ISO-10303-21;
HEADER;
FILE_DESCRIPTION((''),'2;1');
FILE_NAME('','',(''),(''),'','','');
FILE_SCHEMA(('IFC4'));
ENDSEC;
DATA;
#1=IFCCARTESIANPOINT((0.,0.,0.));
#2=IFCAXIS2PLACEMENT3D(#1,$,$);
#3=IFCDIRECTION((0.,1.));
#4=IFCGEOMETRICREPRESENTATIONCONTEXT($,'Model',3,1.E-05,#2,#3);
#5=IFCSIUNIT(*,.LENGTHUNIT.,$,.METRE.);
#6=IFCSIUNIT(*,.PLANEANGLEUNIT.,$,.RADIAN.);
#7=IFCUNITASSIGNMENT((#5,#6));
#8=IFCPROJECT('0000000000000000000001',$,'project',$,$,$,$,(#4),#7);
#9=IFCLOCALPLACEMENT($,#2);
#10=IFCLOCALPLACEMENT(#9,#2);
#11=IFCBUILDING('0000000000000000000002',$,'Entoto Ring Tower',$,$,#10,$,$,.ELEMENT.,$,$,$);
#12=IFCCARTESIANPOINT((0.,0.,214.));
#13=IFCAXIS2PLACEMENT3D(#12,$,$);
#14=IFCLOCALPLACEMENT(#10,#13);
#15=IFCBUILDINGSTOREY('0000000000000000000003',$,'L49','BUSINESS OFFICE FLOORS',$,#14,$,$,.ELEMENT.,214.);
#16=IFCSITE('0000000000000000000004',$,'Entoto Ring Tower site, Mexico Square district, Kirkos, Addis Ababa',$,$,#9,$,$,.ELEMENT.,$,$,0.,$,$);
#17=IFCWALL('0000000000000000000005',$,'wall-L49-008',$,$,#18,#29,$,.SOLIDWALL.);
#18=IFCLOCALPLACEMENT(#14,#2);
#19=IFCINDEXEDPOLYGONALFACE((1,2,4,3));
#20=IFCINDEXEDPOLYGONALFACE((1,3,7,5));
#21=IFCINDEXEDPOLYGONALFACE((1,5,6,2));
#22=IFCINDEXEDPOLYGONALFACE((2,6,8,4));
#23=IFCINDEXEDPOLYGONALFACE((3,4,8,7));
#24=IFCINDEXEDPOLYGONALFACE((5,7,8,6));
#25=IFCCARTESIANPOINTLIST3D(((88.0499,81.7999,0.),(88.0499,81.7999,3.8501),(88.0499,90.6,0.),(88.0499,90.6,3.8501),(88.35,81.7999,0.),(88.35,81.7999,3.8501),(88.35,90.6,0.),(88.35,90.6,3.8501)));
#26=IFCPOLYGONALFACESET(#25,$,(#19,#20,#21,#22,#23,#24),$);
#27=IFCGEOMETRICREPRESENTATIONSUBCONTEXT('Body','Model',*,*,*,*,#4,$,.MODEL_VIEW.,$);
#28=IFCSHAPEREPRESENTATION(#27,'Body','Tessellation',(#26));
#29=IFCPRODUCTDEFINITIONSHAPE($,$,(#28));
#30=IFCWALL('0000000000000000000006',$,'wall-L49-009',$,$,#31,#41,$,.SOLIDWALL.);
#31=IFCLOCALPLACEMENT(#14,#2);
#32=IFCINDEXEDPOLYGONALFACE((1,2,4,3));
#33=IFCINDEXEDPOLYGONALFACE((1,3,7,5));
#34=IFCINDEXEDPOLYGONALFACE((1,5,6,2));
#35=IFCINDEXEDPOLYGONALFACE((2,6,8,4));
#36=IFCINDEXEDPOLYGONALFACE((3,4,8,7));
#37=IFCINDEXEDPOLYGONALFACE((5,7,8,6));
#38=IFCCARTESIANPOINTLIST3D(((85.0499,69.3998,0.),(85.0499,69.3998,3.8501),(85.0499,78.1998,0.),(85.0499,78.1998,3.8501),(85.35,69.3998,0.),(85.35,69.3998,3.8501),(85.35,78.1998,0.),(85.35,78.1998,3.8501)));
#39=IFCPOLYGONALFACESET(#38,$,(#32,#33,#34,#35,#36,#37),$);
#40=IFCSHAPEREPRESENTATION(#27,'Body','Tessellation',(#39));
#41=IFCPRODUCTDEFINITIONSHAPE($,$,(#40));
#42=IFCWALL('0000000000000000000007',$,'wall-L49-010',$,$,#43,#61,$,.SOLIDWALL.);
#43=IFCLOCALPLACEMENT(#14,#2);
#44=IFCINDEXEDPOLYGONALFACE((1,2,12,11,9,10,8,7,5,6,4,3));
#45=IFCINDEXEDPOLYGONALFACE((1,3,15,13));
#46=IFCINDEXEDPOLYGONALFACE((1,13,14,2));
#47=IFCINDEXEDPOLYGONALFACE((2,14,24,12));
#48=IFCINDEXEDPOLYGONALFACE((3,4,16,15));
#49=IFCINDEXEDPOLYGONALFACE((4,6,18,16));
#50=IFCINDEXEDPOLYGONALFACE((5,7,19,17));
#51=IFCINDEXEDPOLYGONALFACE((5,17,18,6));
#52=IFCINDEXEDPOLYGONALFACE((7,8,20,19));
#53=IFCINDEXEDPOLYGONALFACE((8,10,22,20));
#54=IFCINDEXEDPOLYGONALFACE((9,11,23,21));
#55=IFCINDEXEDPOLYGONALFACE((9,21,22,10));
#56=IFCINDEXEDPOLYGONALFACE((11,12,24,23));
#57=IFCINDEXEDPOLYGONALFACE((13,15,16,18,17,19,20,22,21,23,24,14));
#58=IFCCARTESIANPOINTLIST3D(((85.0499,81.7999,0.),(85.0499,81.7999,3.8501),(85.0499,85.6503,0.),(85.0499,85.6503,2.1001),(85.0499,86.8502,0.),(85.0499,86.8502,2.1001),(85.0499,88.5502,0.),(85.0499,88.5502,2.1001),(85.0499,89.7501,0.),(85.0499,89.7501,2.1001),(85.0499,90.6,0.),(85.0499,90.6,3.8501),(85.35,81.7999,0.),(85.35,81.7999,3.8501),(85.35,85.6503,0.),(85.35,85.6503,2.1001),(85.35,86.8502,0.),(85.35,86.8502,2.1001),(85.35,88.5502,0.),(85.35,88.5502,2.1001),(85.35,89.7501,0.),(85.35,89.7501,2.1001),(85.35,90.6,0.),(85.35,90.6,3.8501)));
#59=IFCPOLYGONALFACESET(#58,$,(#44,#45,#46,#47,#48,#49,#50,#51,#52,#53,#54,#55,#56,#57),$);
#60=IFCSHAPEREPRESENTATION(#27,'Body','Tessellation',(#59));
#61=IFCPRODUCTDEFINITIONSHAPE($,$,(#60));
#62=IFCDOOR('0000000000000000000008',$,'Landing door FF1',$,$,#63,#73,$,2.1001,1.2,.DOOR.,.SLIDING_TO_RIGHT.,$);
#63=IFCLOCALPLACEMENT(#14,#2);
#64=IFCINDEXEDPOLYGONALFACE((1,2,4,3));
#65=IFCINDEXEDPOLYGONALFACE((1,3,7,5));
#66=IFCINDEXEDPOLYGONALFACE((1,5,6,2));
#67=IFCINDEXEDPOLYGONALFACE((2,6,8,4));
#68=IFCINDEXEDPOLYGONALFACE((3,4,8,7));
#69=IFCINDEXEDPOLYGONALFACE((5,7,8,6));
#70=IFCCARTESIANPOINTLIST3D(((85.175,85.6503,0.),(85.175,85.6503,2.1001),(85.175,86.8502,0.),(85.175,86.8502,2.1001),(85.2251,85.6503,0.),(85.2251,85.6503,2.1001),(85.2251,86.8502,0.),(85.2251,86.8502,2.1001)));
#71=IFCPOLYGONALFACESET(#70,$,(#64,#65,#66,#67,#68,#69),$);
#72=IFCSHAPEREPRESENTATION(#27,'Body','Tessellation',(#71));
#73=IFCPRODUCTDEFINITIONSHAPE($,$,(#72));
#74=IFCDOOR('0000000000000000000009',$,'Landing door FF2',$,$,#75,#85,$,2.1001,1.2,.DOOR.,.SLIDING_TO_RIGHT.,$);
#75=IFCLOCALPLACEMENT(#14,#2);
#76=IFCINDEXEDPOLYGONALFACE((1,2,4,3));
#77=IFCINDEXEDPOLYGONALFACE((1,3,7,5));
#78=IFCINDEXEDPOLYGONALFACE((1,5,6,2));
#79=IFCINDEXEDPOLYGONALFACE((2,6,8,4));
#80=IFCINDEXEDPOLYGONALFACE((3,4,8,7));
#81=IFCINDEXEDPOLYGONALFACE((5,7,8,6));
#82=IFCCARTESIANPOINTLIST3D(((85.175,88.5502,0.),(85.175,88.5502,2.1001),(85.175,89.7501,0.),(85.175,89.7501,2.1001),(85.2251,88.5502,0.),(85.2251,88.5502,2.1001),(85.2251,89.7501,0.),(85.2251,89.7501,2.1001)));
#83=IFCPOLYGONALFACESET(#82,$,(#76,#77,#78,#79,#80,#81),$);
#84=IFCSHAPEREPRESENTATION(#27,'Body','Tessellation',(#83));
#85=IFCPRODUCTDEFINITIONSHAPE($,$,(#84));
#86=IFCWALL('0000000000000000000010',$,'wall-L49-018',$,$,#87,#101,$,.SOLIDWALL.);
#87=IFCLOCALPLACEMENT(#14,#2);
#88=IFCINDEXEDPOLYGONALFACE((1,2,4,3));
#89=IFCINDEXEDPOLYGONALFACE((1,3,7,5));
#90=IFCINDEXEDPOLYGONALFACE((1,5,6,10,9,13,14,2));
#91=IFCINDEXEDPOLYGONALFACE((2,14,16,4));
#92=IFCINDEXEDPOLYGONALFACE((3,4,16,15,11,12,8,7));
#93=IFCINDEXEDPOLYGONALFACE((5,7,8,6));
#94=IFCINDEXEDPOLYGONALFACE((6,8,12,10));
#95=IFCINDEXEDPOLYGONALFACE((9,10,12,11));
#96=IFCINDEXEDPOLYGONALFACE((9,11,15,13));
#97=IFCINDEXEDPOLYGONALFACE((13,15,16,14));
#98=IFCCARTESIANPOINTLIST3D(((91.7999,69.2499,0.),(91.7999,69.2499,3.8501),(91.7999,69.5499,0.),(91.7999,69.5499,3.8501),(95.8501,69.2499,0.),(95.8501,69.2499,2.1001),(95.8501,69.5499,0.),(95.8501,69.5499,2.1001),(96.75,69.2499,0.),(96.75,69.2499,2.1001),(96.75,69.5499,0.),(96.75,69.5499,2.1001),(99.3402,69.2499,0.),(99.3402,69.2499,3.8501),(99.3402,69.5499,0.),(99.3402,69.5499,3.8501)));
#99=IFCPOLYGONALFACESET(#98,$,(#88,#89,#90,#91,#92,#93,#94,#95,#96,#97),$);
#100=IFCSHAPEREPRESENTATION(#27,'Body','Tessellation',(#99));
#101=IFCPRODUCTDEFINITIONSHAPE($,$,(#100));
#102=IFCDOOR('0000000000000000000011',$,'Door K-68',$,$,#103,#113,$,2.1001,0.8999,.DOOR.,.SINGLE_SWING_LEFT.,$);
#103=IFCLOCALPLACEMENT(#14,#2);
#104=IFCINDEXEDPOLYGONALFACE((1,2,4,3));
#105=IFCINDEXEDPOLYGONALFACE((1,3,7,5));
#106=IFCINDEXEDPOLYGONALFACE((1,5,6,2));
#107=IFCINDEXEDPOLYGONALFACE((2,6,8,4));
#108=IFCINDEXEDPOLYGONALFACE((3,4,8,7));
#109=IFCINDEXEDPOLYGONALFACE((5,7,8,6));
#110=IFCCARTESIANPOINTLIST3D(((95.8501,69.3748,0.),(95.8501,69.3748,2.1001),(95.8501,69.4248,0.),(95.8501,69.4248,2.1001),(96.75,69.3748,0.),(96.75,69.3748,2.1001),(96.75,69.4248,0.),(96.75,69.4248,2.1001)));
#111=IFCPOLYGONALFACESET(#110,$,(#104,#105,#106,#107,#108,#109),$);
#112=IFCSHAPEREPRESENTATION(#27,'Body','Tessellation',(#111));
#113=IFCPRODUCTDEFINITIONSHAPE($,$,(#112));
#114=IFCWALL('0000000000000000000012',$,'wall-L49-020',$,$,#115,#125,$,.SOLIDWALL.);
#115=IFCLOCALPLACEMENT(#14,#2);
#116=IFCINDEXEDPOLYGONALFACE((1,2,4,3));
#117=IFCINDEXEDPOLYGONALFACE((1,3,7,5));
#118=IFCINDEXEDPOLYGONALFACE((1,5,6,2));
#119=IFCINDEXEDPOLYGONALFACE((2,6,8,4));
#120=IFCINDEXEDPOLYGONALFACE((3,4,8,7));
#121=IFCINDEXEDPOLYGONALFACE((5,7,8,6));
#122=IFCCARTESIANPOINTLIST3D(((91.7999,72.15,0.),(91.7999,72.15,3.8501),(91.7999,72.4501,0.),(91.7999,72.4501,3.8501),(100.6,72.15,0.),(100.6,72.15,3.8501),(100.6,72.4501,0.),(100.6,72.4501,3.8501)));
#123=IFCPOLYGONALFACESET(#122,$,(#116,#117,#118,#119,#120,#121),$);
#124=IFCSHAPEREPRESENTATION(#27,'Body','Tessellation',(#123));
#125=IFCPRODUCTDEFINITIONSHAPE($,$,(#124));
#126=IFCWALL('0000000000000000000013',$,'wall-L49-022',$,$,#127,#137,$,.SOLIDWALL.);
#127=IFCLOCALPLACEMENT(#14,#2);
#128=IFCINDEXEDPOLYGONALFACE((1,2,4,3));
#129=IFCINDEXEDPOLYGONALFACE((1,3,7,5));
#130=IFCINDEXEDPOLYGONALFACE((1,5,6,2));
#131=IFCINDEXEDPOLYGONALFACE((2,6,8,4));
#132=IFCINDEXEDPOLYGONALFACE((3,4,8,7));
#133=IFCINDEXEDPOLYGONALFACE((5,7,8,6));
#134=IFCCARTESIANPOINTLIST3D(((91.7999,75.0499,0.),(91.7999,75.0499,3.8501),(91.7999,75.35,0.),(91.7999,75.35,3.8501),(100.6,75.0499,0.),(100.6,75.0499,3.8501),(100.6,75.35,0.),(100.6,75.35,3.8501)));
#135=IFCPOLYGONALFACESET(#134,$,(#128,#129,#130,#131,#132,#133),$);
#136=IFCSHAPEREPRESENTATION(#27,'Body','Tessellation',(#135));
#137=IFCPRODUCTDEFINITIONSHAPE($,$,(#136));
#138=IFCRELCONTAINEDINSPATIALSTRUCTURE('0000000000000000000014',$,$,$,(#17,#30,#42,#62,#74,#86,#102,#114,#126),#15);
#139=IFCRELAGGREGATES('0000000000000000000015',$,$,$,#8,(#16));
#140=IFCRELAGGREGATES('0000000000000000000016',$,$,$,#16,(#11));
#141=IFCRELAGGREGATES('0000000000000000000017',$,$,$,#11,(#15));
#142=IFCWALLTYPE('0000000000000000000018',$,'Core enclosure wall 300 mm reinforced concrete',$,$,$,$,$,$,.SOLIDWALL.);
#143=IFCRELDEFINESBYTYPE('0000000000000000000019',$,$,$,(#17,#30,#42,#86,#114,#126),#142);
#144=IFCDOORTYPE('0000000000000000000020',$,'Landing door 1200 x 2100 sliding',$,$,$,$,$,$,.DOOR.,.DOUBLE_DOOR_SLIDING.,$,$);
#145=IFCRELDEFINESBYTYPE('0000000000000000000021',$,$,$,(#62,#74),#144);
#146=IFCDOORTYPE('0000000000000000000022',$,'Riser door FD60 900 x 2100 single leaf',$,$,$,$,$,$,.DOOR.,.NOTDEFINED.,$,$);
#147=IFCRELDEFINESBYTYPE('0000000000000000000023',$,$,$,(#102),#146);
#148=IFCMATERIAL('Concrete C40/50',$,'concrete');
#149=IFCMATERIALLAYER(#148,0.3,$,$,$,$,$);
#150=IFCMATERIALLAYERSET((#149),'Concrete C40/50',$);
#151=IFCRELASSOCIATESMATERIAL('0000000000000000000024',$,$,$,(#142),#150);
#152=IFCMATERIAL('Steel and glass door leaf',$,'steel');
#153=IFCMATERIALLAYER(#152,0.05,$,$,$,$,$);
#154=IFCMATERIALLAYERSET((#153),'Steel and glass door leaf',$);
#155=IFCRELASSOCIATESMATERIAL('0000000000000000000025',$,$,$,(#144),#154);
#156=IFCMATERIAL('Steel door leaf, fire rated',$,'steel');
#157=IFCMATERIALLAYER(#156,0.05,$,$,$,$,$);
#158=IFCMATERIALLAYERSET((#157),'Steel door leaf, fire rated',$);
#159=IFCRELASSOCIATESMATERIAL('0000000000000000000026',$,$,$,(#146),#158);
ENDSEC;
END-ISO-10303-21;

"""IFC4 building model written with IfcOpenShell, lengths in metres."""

from ifc_helpers import new_model, si_unit, direction, frame, frame_2d, origin, place, context, subcontext, project, spatial, rectangle, extrude, material, layer, layer_set, type_object, element, fill, save


model = new_model("IFC4")

# Units and contexts
model_context = context("Model", 3, precision=1e-05, world=origin(), true_north=direction((0.0, 1.0)))
body_context = subcontext(model_context, "Body", "Model", "MODEL_VIEW")
ifc_project = project(units=[si_unit("LENGTHUNIT", "METRE"), si_unit("PLANEANGLEUNIT", "RADIAN")], contexts=[model_context])

# Site, building, storey
site_placement = place(None, origin())
site = spatial("IfcSite", under=ifc_project, at=site_placement, Name="Entoto Ring Tower site, Mexico Square district, Kirkos, Addis Ababa", CompositionType="ELEMENT", RefElevation=0.0)
building_placement = place(site_placement, origin())
building = spatial("IfcBuilding", under=site, at=building_placement, Name="Entoto Ring Tower", CompositionType="ELEMENT")
storey_placement = place(building_placement, frame((0.0, 0.0, 214.0)))
storey = spatial("IfcBuildingStorey", under=building, at=storey_placement, Name="L49", Description="BUSINESS OFFICE FLOORS", CompositionType="ELEMENT", Elevation=214.0)

# Shared definitions
ifc_material_1 = material(Name="Concrete C40/50", Category="concrete")
ifc_layer_1 = layer(ifc_material_1, 0.3)
ifc_layer_set_1 = layer_set([ifc_layer_1], Name="Concrete C40/50")
wall_type_1 = type_object("IfcWallType", Name="Core enclosure wall 300 mm reinforced concrete", PredefinedType="SOLIDWALL", material=ifc_layer_set_1)

# Shared definitions
ifc_material_2 = material(Name="Steel and glass door leaf", Category="steel")
ifc_layer_2 = layer(ifc_material_2, 0.05)
ifc_layer_set_2 = layer_set([ifc_layer_2], Name="Steel and glass door leaf")
door_type_1 = type_object("IfcDoorType", Name="Landing door 1200 x 2100 sliding", OperationType="DOUBLE_DOOR_SLIDING", PredefinedType="DOOR", material=ifc_layer_set_2)

# Walls
for number, where, z_axis, x_axis, name in (
    (1, (88.2, 81.8, 0.0), (0.0, 0.0, 1.0), (0.0, 1.0, 0.0), "wall-L49-008"),
    (2, (85.2, 69.3999, 0.0), (0.0, 0.0, 1.0), (0.0, 1.0, 0.0), "wall-L49-009"),
):
    element("IfcWall", number, at=place(storey_placement, frame(where, z_axis=z_axis, x_axis=x_axis)), inside=storey, type_object=wall_type_1, Name=name, PredefinedType="SOLIDWALL", context=body_context, shape_type="SweptSolid", body=[
        extrude(rectangle(XDim=8.8, YDim=0.3, at=frame_2d((4.3999, 0.0))), origin(), (0.0, 0.0, 1.0), 3.8501),
    ])

# Wall, openings, doors
wall_1_placement = place(storey_placement, frame((85.2, 81.8, 0.0), z_axis=(0.0, 0.0, 1.0), x_axis=(0.0, 1.0, 0.0)))
wall_1 = element("IfcWall", 3, at=wall_1_placement, inside=storey, type_object=wall_type_1, Name="wall-L49-010", PredefinedType="SOLIDWALL", context=body_context, shape_type="SweptSolid", body=[
    extrude(rectangle(XDim=8.8, YDim=0.3, at=frame_2d((4.3999, 0.0))), origin(), (0.0, 0.0, 1.0), 3.8501),
])
opening_1_placement = place(wall_1_placement, frame((3.8501, 0.0, 0.0)))
opening_1 = element("IfcOpeningElement", 4, at=opening_1_placement, cuts=wall_1, PredefinedType="OPENING", context=body_context, shape_type="SweptSolid", body=[
    extrude(rectangle(XDim=1.2, YDim=2.1001, at=frame_2d((0.6001, 1.05))), frame((0.0, 0.1602, 0.0), z_axis=(0.0, -1.0, 0.0), x_axis=(1.0, 0.0, 0.0)), (0.0, 0.0, 1.0), 0.3201),
])
opening_2_placement = place(wall_1_placement, frame((6.75, 0.0, 0.0)))
opening_2 = element("IfcOpeningElement", 5, at=opening_2_placement, cuts=wall_1, PredefinedType="OPENING", context=body_context, shape_type="SweptSolid", body=[
    extrude(rectangle(XDim=1.2, YDim=2.1001, at=frame_2d((0.6001, 1.05))), frame((0.0, 0.1602, 0.0), z_axis=(0.0, -1.0, 0.0), x_axis=(1.0, 0.0, 0.0)), (0.0, 0.0, 1.0), 0.3201),
])
door_1_placement = place(opening_1_placement, origin())
door_1 = element("IfcDoor", 6, at=door_1_placement, inside=storey, type_object=door_type_1, Name="Landing door FF1", OperationType="SLIDING_TO_RIGHT", OverallHeight=2.1001, OverallWidth=1.2, PredefinedType="DOOR", context=body_context, shape_type="SweptSolid", body=[
    extrude(rectangle(XDim=1.2, YDim=2.1001, at=frame_2d((0.6001, 1.05))), frame((0.0, 0.0249, 0.0), z_axis=(0.0, -1.0, 0.0), x_axis=(1.0, 0.0, 0.0)), (0.0, 0.0, 1.0), 0.05),
])
fill(opening_1, door_1)
door_2_placement = place(opening_2_placement, origin())
door_2 = element("IfcDoor", 7, at=door_2_placement, inside=storey, type_object=door_type_1, Name="Landing door FF2", OperationType="SLIDING_TO_RIGHT", OverallHeight=2.1001, OverallWidth=1.2, PredefinedType="DOOR", context=body_context, shape_type="SweptSolid", body=[
    extrude(rectangle(XDim=1.2, YDim=2.1001, at=frame_2d((0.6001, 1.05))), frame((0.0, 0.0249, 0.0), z_axis=(0.0, -1.0, 0.0), x_axis=(1.0, 0.0, 0.0)), (0.0, 0.0, 1.0), 0.05),
])
fill(opening_2, door_2)

# Wall, opening, door
wall_2_placement = place(storey_placement, frame((91.8, 69.3999, 0.0), z_axis=(0.0, 0.0, 1.0), x_axis=(1.0, 0.0, 0.0)))
wall_2 = element("IfcWall", 8, at=wall_2_placement, inside=storey, type_object=wall_type_1, Name="wall-L49-018", PredefinedType="SOLIDWALL", context=body_context, shape_type="SweptSolid", body=[
    extrude(rectangle(XDim=7.5403, YDim=0.3, at=frame_2d((3.77, 0.0))), origin(), (0.0, 0.0, 1.0), 3.8501),
])
opening_3_placement = place(wall_2_placement, frame((4.05, 0.0, 0.0)))
opening_3 = element("IfcOpeningElement", 9, at=opening_3_placement, cuts=wall_2, PredefinedType="OPENING", context=body_context, shape_type="SweptSolid", body=[
    extrude(rectangle(XDim=0.8999, YDim=2.1001, at=frame_2d((0.45, 1.05))), frame((0.0, 0.1602, 0.0), z_axis=(0.0, -1.0, 0.0), x_axis=(1.0, 0.0, 0.0)), (0.0, 0.0, 1.0), 0.3201),
])
ifc_material_3 = material(Name="Steel door leaf, fire rated", Category="steel")
ifc_layer_3 = layer(ifc_material_3, 0.05)
ifc_layer_set_3 = layer_set([ifc_layer_3], Name="Steel door leaf, fire rated")
door_type_2 = type_object("IfcDoorType", Name="Riser door FD60 900 x 2100 single leaf", OperationType="NOTDEFINED", PredefinedType="DOOR", material=ifc_layer_set_3)
door_3_placement = place(opening_3_placement, origin())
door_3 = element("IfcDoor", 10, at=door_3_placement, inside=storey, type_object=door_type_2, Name="Door K-68", OperationType="SINGLE_SWING_LEFT", OverallHeight=2.1001, OverallWidth=0.8999, PredefinedType="DOOR", context=body_context, shape_type="SweptSolid", body=[
    extrude(rectangle(XDim=0.8999, YDim=2.1001, at=frame_2d((0.45, 1.05))), frame((0.0, 0.0249, 0.0), z_axis=(0.0, -1.0, 0.0), x_axis=(1.0, 0.0, 0.0)), (0.0, 0.0, 1.0), 0.05),
])
fill(opening_3, door_3)

# Walls
for number, where, z_axis, x_axis, name in (
    (11, (91.8, 72.3, 0.0), (0.0, 0.0, 1.0), (1.0, 0.0, 0.0), "wall-L49-020"),
    (12, (91.8, 75.2, 0.0), (0.0, 0.0, 1.0), (1.0, 0.0, 0.0), "wall-L49-022"),
):
    element("IfcWall", number, at=place(storey_placement, frame(where, z_axis=z_axis, x_axis=x_axis)), inside=storey, type_object=wall_type_1, Name=name, PredefinedType="SOLIDWALL", context=body_context, shape_type="SweptSolid", body=[
        extrude(rectangle(XDim=8.8, YDim=0.3, at=frame_2d((4.3999, 0.0))), origin(), (0.0, 0.0, 1.0), 3.8501),
    ])

save(model, "model.ifc")
